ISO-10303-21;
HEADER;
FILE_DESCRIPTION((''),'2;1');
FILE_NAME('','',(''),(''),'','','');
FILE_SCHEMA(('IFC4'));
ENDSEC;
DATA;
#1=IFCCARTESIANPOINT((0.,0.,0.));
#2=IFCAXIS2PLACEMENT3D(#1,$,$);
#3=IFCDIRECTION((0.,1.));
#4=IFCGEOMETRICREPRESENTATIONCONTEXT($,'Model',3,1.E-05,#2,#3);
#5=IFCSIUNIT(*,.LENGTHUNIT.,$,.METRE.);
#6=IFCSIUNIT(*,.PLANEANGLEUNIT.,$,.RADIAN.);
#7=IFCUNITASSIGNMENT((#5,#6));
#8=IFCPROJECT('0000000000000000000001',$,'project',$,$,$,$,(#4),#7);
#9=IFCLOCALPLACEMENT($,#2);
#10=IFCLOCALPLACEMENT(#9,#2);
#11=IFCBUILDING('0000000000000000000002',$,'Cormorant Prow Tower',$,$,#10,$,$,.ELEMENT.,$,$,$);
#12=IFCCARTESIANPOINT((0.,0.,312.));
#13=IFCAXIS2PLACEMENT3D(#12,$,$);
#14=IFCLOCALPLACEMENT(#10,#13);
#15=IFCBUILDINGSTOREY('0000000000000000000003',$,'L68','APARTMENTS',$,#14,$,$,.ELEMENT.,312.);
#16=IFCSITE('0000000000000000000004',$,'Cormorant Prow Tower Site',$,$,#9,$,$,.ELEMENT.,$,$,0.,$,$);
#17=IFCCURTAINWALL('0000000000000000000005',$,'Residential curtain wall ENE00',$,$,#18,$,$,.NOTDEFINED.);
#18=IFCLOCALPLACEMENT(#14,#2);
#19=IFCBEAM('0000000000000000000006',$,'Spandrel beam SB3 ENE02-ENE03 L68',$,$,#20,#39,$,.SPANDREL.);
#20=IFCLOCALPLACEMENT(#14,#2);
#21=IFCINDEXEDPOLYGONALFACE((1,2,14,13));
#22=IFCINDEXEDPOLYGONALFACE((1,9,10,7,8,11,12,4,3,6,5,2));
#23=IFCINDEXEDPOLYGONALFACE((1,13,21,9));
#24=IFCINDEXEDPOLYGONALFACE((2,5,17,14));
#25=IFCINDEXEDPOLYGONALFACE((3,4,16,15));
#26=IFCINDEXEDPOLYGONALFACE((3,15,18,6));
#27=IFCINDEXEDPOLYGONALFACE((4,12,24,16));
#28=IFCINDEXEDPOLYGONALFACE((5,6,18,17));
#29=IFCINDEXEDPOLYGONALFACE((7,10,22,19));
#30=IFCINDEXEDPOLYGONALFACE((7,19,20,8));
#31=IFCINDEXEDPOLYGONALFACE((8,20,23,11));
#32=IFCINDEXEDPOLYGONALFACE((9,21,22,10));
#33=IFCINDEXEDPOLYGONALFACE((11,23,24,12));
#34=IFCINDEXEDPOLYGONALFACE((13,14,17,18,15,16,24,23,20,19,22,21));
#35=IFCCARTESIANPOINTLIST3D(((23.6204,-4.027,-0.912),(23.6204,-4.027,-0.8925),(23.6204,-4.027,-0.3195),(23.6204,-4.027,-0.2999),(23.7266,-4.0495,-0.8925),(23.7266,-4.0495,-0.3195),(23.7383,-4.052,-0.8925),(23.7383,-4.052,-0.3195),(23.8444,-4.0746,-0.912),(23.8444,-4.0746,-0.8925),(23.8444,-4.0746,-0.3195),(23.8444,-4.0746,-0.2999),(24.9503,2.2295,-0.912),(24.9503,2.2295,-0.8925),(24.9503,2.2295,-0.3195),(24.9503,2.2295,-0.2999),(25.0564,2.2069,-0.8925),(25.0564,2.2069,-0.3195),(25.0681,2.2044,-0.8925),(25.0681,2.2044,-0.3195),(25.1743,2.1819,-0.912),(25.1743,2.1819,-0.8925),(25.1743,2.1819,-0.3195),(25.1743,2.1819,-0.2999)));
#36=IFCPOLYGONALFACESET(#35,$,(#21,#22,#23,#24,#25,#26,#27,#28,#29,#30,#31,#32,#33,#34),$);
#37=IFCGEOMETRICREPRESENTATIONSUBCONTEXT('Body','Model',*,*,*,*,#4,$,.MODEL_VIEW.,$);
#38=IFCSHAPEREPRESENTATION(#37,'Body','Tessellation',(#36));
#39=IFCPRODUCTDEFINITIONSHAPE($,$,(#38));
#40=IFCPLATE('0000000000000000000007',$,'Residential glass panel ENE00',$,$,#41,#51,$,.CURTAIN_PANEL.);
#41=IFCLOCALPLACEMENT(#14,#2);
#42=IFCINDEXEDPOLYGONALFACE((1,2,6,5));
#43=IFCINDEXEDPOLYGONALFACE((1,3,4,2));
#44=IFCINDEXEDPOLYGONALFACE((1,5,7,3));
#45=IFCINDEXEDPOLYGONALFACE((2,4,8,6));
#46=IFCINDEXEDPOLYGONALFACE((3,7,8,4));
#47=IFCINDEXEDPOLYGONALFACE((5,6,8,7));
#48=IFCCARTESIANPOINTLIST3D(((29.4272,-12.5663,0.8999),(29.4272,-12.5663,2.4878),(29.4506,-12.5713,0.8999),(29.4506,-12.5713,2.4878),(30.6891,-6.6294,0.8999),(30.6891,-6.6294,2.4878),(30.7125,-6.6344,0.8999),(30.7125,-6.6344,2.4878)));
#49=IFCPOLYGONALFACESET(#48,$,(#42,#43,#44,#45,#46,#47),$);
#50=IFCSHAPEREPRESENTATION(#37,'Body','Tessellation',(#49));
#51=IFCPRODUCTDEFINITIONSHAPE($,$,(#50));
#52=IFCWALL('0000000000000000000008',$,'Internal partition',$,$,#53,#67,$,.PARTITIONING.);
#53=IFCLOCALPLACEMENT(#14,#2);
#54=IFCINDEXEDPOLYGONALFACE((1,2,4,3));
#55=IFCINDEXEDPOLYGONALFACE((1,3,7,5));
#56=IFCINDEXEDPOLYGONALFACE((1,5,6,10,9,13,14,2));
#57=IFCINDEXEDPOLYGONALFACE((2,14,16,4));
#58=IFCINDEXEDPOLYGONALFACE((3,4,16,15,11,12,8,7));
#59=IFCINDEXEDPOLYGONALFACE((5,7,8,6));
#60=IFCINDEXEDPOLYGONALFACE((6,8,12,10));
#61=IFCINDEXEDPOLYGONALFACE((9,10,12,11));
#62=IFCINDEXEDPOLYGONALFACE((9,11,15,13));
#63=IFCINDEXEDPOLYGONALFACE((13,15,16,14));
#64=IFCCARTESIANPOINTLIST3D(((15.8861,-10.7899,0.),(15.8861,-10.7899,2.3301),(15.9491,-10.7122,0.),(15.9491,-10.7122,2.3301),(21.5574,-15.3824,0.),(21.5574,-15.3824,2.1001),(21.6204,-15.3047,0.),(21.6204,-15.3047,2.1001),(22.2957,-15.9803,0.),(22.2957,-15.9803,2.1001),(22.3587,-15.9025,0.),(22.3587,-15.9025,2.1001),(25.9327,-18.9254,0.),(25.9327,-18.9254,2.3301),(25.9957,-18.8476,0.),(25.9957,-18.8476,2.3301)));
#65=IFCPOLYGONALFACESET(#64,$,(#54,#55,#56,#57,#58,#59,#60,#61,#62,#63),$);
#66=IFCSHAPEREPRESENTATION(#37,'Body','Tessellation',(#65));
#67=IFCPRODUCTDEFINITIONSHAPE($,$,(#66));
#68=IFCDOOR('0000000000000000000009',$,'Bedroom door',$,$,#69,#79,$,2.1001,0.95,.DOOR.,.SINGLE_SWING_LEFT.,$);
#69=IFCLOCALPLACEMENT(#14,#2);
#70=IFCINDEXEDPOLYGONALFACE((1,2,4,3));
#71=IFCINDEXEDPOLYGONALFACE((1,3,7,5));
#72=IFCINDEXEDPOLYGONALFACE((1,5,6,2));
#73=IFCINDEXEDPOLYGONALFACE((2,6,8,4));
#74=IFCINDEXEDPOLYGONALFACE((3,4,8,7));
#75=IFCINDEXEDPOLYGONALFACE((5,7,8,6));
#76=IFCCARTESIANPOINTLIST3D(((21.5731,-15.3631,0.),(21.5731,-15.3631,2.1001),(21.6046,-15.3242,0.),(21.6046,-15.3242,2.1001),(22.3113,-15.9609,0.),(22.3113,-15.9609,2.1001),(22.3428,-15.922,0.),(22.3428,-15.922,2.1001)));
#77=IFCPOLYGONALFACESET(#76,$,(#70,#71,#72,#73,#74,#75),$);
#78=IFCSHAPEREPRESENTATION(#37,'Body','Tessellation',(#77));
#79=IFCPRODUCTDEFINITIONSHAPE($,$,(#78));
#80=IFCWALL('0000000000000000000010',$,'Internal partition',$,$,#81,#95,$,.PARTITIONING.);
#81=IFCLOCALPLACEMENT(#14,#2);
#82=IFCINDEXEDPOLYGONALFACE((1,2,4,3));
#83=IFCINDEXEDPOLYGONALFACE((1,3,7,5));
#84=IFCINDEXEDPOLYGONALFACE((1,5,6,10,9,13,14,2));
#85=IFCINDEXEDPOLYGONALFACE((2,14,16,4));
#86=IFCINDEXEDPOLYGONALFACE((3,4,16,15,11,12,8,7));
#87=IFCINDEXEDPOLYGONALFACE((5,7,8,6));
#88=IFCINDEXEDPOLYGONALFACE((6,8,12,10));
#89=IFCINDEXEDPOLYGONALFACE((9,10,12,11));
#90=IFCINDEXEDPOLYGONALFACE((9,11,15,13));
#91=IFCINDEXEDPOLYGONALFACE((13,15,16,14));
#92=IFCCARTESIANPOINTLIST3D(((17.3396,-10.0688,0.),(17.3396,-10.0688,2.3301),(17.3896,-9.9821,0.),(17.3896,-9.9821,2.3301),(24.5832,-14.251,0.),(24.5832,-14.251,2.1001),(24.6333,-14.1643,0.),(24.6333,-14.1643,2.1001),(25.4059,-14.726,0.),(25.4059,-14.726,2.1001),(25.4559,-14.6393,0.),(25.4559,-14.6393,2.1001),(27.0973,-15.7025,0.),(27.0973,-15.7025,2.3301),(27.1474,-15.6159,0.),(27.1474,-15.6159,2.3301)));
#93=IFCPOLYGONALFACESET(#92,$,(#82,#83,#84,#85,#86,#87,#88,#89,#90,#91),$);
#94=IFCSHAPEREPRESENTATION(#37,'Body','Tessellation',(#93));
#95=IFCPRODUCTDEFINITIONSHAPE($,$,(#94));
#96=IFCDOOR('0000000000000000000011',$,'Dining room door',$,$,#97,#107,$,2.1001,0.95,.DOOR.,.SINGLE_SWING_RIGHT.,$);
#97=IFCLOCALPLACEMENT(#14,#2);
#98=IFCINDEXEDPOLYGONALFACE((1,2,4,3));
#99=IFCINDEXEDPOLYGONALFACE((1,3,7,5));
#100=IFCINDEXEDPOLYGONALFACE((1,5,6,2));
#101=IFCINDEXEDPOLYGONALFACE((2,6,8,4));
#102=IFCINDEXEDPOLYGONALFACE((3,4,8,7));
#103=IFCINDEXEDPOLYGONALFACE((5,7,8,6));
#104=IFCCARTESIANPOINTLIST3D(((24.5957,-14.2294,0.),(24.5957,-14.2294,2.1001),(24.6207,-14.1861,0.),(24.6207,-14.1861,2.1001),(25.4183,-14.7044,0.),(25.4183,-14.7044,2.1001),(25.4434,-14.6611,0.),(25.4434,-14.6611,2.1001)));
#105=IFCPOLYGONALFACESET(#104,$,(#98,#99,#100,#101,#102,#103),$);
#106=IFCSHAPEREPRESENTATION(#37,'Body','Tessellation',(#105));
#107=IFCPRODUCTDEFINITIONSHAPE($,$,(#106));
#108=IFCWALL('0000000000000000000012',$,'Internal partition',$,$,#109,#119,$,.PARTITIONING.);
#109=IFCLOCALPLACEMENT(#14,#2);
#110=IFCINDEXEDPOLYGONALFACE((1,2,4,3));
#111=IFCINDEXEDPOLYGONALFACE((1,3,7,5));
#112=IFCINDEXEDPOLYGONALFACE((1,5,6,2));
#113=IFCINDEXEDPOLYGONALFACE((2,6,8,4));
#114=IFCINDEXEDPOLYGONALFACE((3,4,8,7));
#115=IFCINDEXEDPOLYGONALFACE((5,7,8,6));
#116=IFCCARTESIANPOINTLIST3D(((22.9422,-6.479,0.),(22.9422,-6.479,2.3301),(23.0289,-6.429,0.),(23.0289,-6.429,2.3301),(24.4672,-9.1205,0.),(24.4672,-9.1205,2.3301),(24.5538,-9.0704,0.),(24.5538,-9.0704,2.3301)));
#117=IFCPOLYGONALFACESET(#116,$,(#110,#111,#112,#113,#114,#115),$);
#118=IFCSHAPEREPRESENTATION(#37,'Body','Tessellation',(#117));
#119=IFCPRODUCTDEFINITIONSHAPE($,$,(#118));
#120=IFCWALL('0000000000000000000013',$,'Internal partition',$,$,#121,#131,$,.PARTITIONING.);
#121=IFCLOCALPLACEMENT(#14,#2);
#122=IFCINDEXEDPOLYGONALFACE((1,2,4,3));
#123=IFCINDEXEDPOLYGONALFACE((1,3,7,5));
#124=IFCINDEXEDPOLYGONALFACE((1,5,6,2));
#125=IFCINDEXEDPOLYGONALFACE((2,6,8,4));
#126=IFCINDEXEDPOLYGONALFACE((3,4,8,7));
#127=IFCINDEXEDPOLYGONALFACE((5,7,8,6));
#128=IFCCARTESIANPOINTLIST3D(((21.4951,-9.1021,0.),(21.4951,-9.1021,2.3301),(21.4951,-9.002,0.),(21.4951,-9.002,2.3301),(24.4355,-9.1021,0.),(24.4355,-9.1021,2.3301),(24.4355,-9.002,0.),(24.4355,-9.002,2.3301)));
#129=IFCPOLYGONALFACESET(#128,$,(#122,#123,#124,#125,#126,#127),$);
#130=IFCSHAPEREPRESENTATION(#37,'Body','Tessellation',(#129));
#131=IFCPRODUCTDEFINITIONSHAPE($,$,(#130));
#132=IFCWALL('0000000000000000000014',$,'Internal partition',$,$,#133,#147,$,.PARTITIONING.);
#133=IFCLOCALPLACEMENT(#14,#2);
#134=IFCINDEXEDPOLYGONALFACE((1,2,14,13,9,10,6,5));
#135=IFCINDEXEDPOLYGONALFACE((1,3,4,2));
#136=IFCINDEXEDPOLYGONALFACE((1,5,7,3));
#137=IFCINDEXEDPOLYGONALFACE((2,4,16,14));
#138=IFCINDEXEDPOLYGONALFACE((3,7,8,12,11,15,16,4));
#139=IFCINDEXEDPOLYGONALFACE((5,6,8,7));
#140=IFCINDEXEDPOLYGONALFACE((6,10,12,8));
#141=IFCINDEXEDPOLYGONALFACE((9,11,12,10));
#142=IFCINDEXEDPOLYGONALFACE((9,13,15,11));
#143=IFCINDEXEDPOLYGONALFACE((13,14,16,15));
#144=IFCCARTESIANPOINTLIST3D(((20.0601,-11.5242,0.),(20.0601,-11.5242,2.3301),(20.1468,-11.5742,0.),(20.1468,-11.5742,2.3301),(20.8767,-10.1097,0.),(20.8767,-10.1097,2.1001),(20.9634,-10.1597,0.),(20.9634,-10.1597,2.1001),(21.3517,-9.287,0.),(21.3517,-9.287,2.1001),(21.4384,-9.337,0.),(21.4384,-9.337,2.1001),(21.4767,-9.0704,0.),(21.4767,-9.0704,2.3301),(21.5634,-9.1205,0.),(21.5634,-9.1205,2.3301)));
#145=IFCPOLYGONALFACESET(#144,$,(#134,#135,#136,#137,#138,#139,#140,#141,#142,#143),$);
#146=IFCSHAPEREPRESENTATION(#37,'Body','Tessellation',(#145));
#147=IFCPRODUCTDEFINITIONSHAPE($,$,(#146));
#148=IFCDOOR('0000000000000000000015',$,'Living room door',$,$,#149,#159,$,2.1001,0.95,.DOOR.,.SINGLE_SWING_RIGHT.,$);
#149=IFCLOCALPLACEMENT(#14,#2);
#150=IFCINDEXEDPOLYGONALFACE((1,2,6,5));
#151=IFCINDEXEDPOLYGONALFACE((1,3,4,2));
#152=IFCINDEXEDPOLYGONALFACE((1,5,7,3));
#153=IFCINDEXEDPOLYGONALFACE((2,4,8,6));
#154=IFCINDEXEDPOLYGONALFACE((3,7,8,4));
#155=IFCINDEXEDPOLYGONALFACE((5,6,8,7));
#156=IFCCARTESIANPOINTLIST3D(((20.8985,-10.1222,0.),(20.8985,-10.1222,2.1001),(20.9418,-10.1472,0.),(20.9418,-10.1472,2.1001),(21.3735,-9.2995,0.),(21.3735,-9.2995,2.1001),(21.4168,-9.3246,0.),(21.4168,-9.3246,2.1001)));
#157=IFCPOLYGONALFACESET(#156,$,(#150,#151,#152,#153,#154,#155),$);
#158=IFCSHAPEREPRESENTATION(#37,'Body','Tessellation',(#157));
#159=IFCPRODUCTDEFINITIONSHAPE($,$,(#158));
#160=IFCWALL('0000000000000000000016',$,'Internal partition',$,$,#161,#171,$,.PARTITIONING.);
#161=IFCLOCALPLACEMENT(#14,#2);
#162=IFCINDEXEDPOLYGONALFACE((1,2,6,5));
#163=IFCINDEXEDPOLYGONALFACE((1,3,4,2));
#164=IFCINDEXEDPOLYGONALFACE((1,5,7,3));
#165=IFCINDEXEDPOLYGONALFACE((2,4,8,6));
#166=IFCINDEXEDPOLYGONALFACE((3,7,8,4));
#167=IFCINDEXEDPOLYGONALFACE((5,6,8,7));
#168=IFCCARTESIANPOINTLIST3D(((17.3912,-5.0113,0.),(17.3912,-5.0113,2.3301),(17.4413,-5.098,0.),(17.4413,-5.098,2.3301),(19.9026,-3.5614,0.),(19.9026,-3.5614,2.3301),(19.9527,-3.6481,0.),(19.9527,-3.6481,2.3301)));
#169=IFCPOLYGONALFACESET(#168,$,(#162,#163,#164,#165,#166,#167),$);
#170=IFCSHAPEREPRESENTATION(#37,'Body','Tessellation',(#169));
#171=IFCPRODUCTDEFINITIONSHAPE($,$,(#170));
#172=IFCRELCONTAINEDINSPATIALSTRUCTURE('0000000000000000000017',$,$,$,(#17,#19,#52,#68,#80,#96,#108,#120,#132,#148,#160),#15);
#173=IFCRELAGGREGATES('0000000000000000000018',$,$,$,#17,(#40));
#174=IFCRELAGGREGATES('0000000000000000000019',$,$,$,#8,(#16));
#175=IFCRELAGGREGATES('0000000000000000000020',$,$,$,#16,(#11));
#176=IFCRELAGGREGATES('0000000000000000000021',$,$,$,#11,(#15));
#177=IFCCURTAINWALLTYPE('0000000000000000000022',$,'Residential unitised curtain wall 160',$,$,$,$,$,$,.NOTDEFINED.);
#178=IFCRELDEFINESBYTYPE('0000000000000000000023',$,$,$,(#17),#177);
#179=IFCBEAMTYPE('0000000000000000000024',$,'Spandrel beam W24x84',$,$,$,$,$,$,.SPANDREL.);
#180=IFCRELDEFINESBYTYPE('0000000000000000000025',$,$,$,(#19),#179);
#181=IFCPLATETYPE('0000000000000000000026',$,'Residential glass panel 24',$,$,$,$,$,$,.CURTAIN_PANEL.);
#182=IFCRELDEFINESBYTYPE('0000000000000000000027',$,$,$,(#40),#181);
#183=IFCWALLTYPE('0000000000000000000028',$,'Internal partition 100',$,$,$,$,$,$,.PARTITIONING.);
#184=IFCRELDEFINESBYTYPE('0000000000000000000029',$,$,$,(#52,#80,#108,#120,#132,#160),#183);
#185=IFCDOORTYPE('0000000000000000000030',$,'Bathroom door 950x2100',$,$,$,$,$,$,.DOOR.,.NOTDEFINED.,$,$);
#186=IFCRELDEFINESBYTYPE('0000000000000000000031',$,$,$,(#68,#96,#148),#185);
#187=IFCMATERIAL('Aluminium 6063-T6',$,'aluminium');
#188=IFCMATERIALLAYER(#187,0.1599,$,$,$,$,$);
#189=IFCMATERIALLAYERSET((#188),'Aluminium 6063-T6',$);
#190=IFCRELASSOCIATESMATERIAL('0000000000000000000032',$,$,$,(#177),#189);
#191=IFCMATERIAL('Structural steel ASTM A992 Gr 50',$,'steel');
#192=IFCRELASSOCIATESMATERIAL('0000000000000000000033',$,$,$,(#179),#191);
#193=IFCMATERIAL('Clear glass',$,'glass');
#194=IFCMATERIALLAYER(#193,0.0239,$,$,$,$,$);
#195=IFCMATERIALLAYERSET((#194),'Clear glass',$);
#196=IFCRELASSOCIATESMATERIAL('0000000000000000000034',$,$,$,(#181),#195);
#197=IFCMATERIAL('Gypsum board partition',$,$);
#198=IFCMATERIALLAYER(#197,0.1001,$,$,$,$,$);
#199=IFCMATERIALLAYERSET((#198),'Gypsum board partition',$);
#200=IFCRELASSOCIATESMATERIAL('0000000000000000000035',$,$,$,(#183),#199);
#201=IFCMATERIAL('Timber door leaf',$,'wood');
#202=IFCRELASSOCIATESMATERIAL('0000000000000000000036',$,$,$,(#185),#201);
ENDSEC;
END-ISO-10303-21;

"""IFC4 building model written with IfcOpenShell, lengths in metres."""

from ifc_helpers import new_model, si_unit, direction, frame, frame_2d, origin, origin_2d, place, context, subcontext, project, spatial, rectangle, i_section, extrude, material, layer, layer_set, material_profile, profile_set, type_object, element, fill, aggregate, save


model = new_model("IFC4")

# Units and contexts
model_context = context("Model", 3, precision=1e-05, world=origin(), true_north=direction((0.0, 1.0)))
body_context = subcontext(model_context, "Body", "Model", "MODEL_VIEW")
ifc_project = project(units=[si_unit("LENGTHUNIT", "METRE"), si_unit("PLANEANGLEUNIT", "RADIAN")], contexts=[model_context])

# Site, building, storey
site_placement = place(None, origin())
site = spatial("IfcSite", under=ifc_project, at=site_placement, Name="Cormorant Prow Tower Site", CompositionType="ELEMENT", RefElevation=0.0)
building_placement = place(site_placement, origin())
building = spatial("IfcBuilding", under=site, at=building_placement, Name="Cormorant Prow Tower", CompositionType="ELEMENT")
storey_placement = place(building_placement, frame((0.0, 0.0, 312.0)))
storey = spatial("IfcBuildingStorey", under=building, at=storey_placement, Name="L68", Description="APARTMENTS", CompositionType="ELEMENT", Elevation=312.0)

# Curtain wall
ifc_material_1 = material(Name="Aluminium 6063-T6", Category="aluminium")
ifc_layer_1 = layer(ifc_material_1, 0.1599)
ifc_layer_set_1 = layer_set([ifc_layer_1], Name="Aluminium 6063-T6")
curtain_wall_type = type_object("IfcCurtainWallType", Name="Residential unitised curtain wall 160", PredefinedType="NOTDEFINED", material=ifc_layer_set_1)
curtain_wall_1_placement = place(storey_placement, origin())
curtain_wall_1 = element("IfcCurtainWall", 1, at=curtain_wall_1_placement, inside=storey, type_object=curtain_wall_type, Name="Residential curtain wall ENE00", PredefinedType="NOTDEFINED")

# Beam
ifc_material_2 = material(Name="Structural steel ASTM A992 Gr 50", Category="steel")
ifc_material_profile_1 = material_profile(ifc_material_2, i_section(OverallWidth=0.229, OverallDepth=0.6121, WebThickness=0.012, FlangeThickness=0.0195, at=origin_2d()), Name="W24x84")
ifc_profile_set_1 = profile_set([ifc_material_profile_1], Name="Structural steel ASTM A992 Gr 50")
beam_type_1 = type_object("IfcBeamType", Name="Spandrel beam W24x84", PredefinedType="SPANDREL", material=ifc_profile_set_1)
beam_1_placement = place(storey_placement, frame((23.7324, -4.0508, -0.606), z_axis=(0.207913, 0.978147, 0.0), x_axis=(-0.978147, 0.207913, 0.0)))
element("IfcBeam", 2, at=beam_1_placement, inside=storey, type_object=beam_type_1, Name="Spandrel beam SB3 ENE02-ENE03 L68", PredefinedType="SPANDREL", context=body_context, shape_type="SweptSolid", body=[
    extrude(i_section(OverallWidth=0.229, OverallDepth=0.6121, WebThickness=0.012, FlangeThickness=0.0195, at=origin_2d()), origin(), (0.0, 0.0, 1.0), 6.3962),
])

# Plate
ifc_material_3 = material(Name="Clear glass", Category="glass")
ifc_layer_2 = layer(ifc_material_3, 0.0239)
ifc_layer_set_2 = layer_set([ifc_layer_2], Name="Clear glass")
plate_type = type_object("IfcPlateType", Name="Residential glass panel 24", PredefinedType="CURTAIN_PANEL", material=ifc_layer_set_2)
plate_placement = place(storey_placement, frame((30.0698, -9.6003, 0.8999), z_axis=(0.0, 0.0, 1.0), x_axis=(0.207912, 0.978148, 0.0)))
plate = element("IfcPlate", 3, at=plate_placement, type_object=plate_type, Name="Residential glass panel ENE00", PredefinedType="CURTAIN_PANEL", context=body_context, shape_type="SweptSolid", body=[
    extrude(rectangle(XDim=6.0696, YDim=0.0239, at=origin_2d()), origin(), (0.0, 0.0, 1.0), 1.5879),
])
aggregate(curtain_wall_1, [plate])

# Walls, openings, doors
ifc_material_4 = material(Name="Gypsum board partition")
ifc_layer_3 = layer(ifc_material_4, 0.1001)
ifc_layer_set_3 = layer_set([ifc_layer_3], Name="Gypsum board partition")
wall_type_1 = type_object("IfcWallType", Name="Internal partition 100", PredefinedType="PARTITIONING", material=ifc_layer_set_3)
wall_1_placement = place(storey_placement, frame((15.9175, -10.751, 0.0), z_axis=(0.0, 0.0, 1.0), x_axis=(0.77715, -0.629316, 0.0)))
wall_1 = element("IfcWall", 4, at=wall_1_placement, inside=storey, type_object=wall_type_1, Name="Internal partition", PredefinedType="PARTITIONING", context=body_context, shape_type="SweptSolid", body=[
    extrude(rectangle(XDim=12.9275, YDim=0.1001, at=frame_2d((6.4639, 0.0))), origin(), (0.0, 0.0, 1.0), 2.3301),
])
opening_1_placement = place(wall_1_placement, frame((7.2976, 0.0, 0.0)))
opening_1 = element("IfcOpeningElement", 5, at=opening_1_placement, cuts=wall_1, PredefinedType="OPENING", context=body_context, shape_type="SweptSolid", body=[
    extrude(rectangle(XDim=0.95, YDim=2.1001, at=frame_2d((0.4751, 1.05))), frame((0.0, 0.0601, 0.0), z_axis=(0.0, -1.0, 0.0), x_axis=(1.0, 0.0, 0.0)), (0.0, 0.0, 1.0), 0.1201),
])
ifc_material_5 = material(Name="Timber door leaf", Category="wood")
door_type_1 = type_object("IfcDoorType", Name="Bathroom door 950x2100", OperationType="NOTDEFINED", PredefinedType="DOOR", material=ifc_material_5)
door_1_placement = place(opening_1_placement, origin())
door_1 = element("IfcDoor", 6, at=door_1_placement, inside=storey, type_object=door_type_1, Name="Bedroom door", OperationType="SINGLE_SWING_LEFT", OverallHeight=2.1001, OverallWidth=0.95, PredefinedType="DOOR", context=body_context, shape_type="SweptSolid", body=[
    extrude(rectangle(XDim=0.95, YDim=2.1001, at=frame_2d((0.4751, 1.05))), frame((0.0, 0.0249, 0.0), z_axis=(0.0, -1.0, 0.0), x_axis=(1.0, 0.0, 0.0)), (0.0, 0.0, 1.0), 0.05),
])
fill(opening_1, door_1)
wall_2_placement = place(storey_placement, frame((17.3645, -10.0254, 0.0), z_axis=(0.0, 0.0, 1.0), x_axis=(0.866021, -0.500008, 0.0)))
wall_2 = element("IfcWall", 7, at=wall_2_placement, inside=storey, type_object=wall_type_1, Name="Internal partition", PredefinedType="PARTITIONING", context=body_context, shape_type="SweptSolid", body=[
    extrude(rectangle(XDim=11.2673, YDim=0.1001, at=frame_2d((5.6338, 0.0))), origin(), (0.0, 0.0, 1.0), 2.3301),
])
opening_2_placement = place(wall_2_placement, frame((8.3643, 0.0, 0.0)))
opening_2 = element("IfcOpeningElement", 8, at=opening_2_placement, cuts=wall_2, PredefinedType="OPENING", context=body_context, shape_type="SweptSolid", body=[
    extrude(rectangle(XDim=0.95, YDim=2.1001, at=frame_2d((0.4751, 1.05))), frame((0.0, 0.0601, 0.0), z_axis=(0.0, -1.0, 0.0), x_axis=(1.0, 0.0, 0.0)), (0.0, 0.0, 1.0), 0.1201),
])
door_2_placement = place(opening_2_placement, origin())
door_2 = element("IfcDoor", 9, at=door_2_placement, inside=storey, type_object=door_type_1, Name="Dining room door", OperationType="SINGLE_SWING_RIGHT", OverallHeight=2.1001, OverallWidth=0.95, PredefinedType="DOOR", context=body_context, shape_type="SweptSolid", body=[
    extrude(rectangle(XDim=0.95, YDim=2.1001, at=frame_2d((0.4751, 1.05))), frame((0.0, 0.0249, 0.0), z_axis=(0.0, -1.0, 0.0), x_axis=(1.0, 0.0, 0.0)), (0.0, 0.0, 1.0), 0.05),
])
fill(opening_2, door_2)

# Walls
wall_3_placement = place(storey_placement, frame((22.9856, -6.4541, 0.0), z_axis=(0.0, 0.0, 1.0), x_axis=(0.499979, -0.866038, 0.0)))
element("IfcWall", 10, at=wall_3_placement, inside=storey, type_object=wall_type_1, Name="Internal partition", PredefinedType="PARTITIONING", context=body_context, shape_type="SweptSolid", body=[
    extrude(rectangle(XDim=3.05, YDim=0.1001, at=frame_2d((1.5249, 0.0))), origin(), (0.0, 0.0, 1.0), 2.3301),
])
wall_4_placement = place(storey_placement, frame((21.4951, -9.052, 0.0), z_axis=(0.0, 0.0, 1.0), x_axis=(1.0, 0.0, 0.0)))
element("IfcWall", 11, at=wall_4_placement, inside=storey, type_object=wall_type_1, Name="Internal partition", PredefinedType="PARTITIONING", context=body_context, shape_type="SweptSolid", body=[
    extrude(rectangle(XDim=2.9404, YDim=0.1001, at=frame_2d((1.4702, 0.0))), origin(), (0.0, 0.0, 1.0), 2.3301),
])

# Wall, opening, door
wall_5_placement = place(storey_placement, frame((20.1035, -11.5491, 0.0), z_axis=(0.0, 0.0, 1.0), x_axis=(0.499976, 0.866039, 0.0)))
wall_5 = element("IfcWall", 12, at=wall_5_placement, inside=storey, type_object=wall_type_1, Name="Internal partition", PredefinedType="PARTITIONING", context=body_context, shape_type="SweptSolid", body=[
    extrude(rectangle(XDim=2.8333, YDim=0.1001, at=frame_2d((1.4165, 0.0))), origin(), (0.0, 0.0, 1.0), 2.3301),
])
opening_3_placement = place(wall_5_placement, frame((1.6331, 0.0, 0.0)))
opening_3 = element("IfcOpeningElement", 13, at=opening_3_placement, cuts=wall_5, PredefinedType="OPENING", context=body_context, shape_type="SweptSolid", body=[
    extrude(rectangle(XDim=0.95, YDim=2.1001, at=frame_2d((0.4751, 1.05))), frame((0.0, 0.0601, 0.0), z_axis=(0.0, -1.0, 0.0), x_axis=(1.0, 0.0, 0.0)), (0.0, 0.0, 1.0), 0.1201),
])
door_3_placement = place(opening_3_placement, origin())
door_3 = element("IfcDoor", 14, at=door_3_placement, inside=storey, type_object=door_type_1, Name="Living room door", OperationType="SINGLE_SWING_RIGHT", OverallHeight=2.1001, OverallWidth=0.95, PredefinedType="DOOR", context=body_context, shape_type="SweptSolid", body=[
    extrude(rectangle(XDim=0.95, YDim=2.1001, at=frame_2d((0.4751, 1.05))), frame((0.0, 0.0249, 0.0), z_axis=(0.0, -1.0, 0.0), x_axis=(1.0, 0.0, 0.0)), (0.0, 0.0, 1.0), 0.05),
])
fill(opening_3, door_3)

# Wall
wall_6_placement = place(storey_placement, frame((17.4163, -5.0547, 0.0), z_axis=(0.0, 0.0, 1.0), x_axis=(0.866033, 0.499987, 0.0)))
element("IfcWall", 15, at=wall_6_placement, inside=storey, type_object=wall_type_1, Name="Internal partition", PredefinedType="PARTITIONING", context=body_context, shape_type="SweptSolid", body=[
    extrude(rectangle(XDim=2.8999, YDim=0.1001, at=frame_2d((1.45, 0.0))), origin(), (0.0, 0.0, 1.0), 2.3301),
])

save(model, "model.ifc")
